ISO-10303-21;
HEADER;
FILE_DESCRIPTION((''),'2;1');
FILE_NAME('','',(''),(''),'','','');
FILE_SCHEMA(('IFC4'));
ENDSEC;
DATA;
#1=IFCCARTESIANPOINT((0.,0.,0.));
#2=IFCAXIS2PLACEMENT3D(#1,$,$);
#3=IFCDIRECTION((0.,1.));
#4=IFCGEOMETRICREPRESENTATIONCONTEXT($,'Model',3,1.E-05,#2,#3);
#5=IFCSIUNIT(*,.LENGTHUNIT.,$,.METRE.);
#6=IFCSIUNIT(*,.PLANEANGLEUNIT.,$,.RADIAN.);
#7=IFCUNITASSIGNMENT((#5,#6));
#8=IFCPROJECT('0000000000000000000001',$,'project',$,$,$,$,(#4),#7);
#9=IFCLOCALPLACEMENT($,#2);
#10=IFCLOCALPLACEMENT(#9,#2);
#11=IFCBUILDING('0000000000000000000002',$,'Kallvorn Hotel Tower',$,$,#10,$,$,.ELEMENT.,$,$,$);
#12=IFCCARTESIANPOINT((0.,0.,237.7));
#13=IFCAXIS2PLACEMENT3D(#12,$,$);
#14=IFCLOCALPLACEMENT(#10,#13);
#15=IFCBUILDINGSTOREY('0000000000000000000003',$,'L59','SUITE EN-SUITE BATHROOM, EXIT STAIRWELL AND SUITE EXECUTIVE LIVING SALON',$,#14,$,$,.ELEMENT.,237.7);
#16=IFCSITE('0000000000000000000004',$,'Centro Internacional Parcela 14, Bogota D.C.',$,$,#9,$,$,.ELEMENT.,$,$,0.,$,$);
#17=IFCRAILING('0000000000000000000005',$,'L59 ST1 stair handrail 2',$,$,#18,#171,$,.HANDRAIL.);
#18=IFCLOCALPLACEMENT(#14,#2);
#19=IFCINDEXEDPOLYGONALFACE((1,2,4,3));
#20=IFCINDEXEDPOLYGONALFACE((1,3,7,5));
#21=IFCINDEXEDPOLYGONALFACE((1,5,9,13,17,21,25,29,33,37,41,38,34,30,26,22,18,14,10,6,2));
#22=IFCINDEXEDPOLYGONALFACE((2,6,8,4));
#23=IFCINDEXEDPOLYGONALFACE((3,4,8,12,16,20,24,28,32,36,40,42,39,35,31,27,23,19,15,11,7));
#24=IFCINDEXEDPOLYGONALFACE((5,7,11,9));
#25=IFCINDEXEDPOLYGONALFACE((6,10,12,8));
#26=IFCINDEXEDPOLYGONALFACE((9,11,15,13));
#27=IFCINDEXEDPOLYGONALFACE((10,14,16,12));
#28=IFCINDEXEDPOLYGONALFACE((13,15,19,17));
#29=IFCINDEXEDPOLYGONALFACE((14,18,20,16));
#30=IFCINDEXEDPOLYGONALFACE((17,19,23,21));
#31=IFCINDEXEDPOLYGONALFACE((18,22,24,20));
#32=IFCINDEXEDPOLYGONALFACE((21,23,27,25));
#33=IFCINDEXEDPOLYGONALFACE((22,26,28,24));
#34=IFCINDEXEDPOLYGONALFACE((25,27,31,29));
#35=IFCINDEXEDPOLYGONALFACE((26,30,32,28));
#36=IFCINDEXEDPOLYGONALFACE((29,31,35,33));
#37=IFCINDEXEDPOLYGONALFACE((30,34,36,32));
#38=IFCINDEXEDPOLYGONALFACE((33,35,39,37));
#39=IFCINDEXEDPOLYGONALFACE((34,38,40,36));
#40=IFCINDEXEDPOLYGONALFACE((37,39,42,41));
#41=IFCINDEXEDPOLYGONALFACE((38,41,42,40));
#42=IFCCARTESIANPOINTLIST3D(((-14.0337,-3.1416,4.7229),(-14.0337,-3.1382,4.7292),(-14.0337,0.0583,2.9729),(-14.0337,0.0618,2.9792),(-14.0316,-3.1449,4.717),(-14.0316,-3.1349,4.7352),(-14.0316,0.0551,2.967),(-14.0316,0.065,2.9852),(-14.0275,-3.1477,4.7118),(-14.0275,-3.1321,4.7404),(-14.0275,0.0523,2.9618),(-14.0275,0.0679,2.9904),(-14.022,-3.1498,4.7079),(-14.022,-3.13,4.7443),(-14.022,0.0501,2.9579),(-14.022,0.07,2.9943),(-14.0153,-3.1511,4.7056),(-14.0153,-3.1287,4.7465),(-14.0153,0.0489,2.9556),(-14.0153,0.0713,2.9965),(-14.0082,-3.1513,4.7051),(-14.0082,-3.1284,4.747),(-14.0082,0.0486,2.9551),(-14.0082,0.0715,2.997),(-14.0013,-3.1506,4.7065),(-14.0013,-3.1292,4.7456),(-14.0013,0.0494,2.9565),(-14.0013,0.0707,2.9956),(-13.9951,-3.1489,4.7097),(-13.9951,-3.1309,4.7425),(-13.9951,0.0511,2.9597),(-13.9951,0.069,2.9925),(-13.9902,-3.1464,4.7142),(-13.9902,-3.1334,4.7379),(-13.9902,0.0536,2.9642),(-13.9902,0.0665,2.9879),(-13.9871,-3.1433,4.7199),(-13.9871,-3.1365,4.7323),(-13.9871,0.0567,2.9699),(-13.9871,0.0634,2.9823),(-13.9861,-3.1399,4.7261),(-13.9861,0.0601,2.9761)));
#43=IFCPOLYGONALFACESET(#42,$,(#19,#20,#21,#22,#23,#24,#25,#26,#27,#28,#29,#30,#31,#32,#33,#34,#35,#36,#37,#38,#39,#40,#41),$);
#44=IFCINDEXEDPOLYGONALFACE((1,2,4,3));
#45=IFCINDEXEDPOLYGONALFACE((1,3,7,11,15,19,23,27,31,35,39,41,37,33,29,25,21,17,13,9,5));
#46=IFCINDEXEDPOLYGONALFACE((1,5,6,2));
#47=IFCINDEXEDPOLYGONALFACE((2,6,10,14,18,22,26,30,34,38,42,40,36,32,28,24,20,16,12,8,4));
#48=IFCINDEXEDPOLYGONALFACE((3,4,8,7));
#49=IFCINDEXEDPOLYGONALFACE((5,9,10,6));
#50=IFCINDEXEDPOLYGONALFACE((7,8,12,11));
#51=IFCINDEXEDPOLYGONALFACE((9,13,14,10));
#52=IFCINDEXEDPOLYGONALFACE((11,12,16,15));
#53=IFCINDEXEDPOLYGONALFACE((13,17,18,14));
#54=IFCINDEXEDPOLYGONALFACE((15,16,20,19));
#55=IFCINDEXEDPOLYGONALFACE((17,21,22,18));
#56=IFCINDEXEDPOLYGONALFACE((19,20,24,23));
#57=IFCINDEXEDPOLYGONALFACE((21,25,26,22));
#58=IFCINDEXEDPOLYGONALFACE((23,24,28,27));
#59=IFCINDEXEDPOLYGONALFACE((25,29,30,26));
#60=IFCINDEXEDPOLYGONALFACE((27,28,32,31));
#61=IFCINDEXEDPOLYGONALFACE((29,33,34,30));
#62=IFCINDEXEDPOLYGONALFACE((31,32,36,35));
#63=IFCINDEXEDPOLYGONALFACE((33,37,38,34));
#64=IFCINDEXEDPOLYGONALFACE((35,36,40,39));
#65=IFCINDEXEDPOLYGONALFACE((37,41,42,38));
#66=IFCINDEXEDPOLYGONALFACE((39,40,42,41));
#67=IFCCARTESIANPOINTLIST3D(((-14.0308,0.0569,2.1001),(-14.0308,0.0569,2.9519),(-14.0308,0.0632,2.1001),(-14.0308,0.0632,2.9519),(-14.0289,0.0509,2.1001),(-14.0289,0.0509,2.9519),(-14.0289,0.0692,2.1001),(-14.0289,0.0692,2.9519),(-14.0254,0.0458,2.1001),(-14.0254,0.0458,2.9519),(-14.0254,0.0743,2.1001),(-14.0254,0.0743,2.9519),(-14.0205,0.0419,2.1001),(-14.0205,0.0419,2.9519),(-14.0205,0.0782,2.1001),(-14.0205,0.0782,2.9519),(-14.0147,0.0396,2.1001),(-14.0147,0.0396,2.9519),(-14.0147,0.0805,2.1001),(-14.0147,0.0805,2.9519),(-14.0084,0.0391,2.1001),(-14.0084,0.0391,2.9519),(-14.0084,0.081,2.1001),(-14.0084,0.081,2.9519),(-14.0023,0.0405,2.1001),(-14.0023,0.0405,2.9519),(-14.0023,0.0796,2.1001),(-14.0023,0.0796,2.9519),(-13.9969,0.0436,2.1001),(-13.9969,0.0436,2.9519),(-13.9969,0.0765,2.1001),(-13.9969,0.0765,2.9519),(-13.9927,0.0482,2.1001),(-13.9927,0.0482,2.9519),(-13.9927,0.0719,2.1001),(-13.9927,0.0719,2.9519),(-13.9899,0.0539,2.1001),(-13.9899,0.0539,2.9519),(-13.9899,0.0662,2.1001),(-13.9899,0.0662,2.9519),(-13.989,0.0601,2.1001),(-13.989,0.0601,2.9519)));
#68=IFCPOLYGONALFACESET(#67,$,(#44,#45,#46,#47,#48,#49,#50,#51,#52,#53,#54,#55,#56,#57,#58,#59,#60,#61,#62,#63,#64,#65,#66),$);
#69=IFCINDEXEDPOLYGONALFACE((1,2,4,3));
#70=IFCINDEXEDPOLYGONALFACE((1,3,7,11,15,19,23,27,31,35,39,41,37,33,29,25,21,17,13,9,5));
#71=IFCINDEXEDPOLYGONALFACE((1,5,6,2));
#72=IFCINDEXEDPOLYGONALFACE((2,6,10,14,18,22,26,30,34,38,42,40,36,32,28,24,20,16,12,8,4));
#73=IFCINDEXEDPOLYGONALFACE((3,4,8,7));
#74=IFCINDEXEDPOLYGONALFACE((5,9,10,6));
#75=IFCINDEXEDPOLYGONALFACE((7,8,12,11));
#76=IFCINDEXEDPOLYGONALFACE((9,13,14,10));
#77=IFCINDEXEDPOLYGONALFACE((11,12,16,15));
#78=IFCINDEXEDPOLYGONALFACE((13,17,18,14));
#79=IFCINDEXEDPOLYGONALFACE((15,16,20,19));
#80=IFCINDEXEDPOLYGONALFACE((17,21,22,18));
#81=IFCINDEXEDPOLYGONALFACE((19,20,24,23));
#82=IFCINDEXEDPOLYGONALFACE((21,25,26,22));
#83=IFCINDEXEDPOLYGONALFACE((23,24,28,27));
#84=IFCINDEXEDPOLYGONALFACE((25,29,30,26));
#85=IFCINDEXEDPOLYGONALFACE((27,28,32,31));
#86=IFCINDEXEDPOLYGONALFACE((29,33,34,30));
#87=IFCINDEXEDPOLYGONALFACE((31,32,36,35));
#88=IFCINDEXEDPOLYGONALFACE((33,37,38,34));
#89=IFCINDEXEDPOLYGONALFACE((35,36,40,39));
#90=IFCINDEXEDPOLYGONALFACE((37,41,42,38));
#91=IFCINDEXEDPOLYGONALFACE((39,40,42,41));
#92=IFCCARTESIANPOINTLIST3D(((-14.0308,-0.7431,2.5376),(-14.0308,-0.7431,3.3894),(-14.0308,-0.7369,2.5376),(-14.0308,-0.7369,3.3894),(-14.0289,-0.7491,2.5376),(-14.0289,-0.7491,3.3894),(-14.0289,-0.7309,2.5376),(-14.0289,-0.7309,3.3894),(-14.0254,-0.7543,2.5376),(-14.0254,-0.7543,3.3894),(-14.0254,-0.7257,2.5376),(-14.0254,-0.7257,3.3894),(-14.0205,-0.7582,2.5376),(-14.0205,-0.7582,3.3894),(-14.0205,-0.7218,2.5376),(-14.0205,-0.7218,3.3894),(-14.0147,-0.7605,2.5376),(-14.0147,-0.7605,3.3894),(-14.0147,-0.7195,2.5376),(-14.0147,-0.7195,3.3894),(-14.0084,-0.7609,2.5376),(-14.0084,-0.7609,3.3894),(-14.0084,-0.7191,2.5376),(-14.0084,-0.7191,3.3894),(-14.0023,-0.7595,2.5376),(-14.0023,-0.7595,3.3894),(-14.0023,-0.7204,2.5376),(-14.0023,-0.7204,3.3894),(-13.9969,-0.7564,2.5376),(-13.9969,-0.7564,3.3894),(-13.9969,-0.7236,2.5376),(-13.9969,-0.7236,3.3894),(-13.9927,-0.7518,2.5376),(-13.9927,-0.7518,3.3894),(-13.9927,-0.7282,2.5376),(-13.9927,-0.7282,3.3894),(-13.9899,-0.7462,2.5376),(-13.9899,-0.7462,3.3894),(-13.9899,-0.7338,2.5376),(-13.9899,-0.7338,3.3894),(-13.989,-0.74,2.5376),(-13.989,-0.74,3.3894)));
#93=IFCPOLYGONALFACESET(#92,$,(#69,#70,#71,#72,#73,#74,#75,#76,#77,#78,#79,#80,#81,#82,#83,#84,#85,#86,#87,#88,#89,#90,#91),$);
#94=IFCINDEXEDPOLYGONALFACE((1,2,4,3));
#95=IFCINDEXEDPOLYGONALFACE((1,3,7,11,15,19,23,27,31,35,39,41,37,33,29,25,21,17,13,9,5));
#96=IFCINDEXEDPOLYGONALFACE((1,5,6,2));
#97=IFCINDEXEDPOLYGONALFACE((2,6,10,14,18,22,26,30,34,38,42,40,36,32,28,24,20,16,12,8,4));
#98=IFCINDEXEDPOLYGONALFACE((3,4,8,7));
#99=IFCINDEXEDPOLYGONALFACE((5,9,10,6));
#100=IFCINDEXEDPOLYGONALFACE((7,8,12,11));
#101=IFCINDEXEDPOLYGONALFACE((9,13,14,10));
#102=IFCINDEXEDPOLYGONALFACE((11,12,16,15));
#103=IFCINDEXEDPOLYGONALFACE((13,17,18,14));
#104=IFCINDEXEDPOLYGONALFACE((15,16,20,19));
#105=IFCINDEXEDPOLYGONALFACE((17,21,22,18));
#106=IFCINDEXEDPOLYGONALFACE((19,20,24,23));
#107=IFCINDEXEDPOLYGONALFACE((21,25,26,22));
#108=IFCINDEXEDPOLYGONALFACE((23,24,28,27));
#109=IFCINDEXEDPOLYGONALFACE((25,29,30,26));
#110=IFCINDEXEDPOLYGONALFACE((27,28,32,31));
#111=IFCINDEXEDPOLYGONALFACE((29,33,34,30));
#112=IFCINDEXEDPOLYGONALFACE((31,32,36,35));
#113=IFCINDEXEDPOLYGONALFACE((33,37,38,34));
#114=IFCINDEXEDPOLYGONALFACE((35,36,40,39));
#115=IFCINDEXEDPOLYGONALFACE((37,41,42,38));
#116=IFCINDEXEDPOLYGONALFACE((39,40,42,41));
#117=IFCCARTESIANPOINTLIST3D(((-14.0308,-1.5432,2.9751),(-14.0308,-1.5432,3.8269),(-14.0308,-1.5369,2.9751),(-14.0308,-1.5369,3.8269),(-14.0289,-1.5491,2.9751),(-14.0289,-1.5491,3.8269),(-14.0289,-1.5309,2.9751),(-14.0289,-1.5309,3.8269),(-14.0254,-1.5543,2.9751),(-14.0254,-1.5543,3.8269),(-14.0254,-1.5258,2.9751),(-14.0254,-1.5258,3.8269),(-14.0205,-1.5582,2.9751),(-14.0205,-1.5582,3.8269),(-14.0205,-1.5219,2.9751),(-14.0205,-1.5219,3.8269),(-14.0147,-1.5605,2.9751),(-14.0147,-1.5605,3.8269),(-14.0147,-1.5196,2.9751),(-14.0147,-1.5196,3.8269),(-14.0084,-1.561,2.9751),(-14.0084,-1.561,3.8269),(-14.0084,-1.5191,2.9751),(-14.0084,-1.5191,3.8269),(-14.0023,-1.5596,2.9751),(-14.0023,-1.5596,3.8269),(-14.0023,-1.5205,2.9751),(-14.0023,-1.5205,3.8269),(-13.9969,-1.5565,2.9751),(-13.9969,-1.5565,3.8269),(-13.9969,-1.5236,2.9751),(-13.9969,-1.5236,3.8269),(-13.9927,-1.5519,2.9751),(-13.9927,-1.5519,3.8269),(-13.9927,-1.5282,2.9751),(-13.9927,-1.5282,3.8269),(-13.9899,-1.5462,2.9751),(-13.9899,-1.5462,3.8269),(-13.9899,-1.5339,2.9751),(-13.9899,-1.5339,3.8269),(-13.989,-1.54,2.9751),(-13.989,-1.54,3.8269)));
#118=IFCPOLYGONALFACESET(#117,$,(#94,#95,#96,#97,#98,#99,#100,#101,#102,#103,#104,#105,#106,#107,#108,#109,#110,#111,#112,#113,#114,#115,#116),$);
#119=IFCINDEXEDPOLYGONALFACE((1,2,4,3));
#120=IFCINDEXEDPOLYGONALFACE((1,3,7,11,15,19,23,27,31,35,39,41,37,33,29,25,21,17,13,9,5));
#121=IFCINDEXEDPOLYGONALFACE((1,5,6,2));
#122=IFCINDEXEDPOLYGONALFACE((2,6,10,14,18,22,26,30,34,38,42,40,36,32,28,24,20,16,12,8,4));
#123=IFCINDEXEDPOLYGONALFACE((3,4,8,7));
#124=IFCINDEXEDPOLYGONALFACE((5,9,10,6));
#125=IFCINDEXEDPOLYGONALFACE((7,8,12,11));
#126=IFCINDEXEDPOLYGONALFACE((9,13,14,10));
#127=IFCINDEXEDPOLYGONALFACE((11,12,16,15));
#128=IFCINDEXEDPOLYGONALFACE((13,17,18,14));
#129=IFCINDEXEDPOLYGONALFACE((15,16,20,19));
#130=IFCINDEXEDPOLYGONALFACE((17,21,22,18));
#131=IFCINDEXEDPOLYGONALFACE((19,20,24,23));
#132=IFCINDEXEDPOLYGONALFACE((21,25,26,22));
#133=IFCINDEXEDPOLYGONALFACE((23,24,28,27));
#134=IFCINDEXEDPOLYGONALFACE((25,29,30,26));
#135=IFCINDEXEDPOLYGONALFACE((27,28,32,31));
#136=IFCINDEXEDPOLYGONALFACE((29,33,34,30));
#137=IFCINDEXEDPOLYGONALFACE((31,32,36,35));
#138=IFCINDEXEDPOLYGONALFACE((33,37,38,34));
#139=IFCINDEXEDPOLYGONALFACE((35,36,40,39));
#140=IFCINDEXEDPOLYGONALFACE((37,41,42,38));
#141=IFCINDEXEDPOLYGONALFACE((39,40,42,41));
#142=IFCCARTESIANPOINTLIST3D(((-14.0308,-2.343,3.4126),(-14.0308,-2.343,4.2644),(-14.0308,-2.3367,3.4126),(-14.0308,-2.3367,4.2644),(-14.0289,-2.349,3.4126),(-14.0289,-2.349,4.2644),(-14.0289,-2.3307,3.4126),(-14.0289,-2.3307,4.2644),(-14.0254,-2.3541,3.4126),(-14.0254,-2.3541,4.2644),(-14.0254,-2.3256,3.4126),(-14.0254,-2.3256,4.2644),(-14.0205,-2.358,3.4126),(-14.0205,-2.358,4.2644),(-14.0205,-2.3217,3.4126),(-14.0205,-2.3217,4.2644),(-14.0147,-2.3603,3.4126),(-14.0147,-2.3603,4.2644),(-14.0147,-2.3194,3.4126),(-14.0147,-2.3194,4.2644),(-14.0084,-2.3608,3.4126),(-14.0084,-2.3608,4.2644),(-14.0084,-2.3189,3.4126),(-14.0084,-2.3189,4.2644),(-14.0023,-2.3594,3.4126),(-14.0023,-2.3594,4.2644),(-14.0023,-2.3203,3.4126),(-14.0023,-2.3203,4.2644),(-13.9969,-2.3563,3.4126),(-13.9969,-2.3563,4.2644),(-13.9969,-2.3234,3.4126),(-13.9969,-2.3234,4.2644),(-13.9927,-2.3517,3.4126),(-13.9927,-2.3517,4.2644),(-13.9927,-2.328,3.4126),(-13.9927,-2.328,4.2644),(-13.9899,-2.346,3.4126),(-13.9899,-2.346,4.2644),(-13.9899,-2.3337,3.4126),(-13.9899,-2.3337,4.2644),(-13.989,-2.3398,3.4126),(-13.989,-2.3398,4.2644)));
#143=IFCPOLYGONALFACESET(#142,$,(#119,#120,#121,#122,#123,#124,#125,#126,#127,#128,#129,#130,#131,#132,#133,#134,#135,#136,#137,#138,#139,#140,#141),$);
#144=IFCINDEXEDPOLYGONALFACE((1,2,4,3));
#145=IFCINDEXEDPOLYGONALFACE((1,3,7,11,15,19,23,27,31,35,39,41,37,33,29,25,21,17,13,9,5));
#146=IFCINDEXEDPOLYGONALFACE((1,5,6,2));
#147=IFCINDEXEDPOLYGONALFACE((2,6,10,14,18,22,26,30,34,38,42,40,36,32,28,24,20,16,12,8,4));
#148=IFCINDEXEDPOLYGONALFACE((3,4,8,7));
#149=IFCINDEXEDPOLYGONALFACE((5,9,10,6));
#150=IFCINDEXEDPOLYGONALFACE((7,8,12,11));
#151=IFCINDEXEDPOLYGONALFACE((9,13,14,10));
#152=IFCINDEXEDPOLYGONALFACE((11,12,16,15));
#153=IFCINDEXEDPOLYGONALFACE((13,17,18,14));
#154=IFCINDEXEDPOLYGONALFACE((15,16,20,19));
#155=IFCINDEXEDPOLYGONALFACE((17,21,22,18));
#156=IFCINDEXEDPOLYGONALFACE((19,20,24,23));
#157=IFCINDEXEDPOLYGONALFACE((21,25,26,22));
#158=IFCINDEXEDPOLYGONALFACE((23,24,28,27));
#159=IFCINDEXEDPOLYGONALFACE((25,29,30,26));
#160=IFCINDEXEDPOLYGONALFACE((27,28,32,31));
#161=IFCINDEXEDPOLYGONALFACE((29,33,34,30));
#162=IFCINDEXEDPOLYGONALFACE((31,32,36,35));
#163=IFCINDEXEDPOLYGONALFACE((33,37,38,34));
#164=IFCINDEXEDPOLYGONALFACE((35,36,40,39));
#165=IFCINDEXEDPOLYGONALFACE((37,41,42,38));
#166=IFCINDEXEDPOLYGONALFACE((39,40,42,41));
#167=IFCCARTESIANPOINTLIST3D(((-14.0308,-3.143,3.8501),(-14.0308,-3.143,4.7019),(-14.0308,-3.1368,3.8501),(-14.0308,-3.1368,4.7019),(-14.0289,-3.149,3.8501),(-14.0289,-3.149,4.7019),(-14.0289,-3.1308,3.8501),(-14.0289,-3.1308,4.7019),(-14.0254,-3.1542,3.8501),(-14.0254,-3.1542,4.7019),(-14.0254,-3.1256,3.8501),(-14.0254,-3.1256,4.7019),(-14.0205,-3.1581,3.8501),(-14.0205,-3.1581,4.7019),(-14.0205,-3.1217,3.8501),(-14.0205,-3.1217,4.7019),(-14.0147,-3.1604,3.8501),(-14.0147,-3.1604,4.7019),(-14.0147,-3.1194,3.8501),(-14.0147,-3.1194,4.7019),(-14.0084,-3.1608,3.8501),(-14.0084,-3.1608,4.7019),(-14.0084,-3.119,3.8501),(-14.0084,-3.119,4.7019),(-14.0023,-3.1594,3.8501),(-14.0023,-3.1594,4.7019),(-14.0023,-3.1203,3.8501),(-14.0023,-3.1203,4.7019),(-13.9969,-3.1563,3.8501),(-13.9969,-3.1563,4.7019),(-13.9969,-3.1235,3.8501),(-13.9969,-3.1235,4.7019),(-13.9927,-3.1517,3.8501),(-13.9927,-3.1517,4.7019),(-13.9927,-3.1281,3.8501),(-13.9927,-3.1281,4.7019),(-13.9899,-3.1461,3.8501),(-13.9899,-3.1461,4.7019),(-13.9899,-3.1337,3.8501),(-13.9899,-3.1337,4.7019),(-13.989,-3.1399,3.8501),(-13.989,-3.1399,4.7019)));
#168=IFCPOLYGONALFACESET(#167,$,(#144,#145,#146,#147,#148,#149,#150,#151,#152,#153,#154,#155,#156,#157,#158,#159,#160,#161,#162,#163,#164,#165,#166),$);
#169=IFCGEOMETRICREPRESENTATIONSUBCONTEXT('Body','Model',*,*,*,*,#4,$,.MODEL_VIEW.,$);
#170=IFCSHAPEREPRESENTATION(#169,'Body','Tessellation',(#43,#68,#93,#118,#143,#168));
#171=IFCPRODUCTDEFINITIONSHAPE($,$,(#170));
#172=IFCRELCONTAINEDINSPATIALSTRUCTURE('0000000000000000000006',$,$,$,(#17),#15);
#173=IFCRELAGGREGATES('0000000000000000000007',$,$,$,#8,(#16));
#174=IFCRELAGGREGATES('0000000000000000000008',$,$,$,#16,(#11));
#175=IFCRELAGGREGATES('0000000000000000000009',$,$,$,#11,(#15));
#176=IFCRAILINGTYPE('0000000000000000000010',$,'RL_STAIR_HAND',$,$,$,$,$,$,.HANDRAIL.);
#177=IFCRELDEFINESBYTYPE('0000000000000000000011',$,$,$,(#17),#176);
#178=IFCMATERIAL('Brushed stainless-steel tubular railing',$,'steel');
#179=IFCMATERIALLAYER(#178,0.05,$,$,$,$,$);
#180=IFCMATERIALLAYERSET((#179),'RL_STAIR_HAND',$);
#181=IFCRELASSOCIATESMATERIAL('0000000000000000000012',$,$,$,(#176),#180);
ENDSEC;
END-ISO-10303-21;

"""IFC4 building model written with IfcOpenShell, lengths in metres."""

from ifc_helpers import new_model, si_unit, direction, frame, origin, origin_2d, place, context, subcontext, project, spatial, circle, extrude, material, layer, layer_set, type_object, element, save


model = new_model("IFC4")

# Units and contexts
model_context = context("Model", 3, precision=1e-05, world=origin(), true_north=direction((0.0, 1.0)))
body_context = subcontext(model_context, "Body", "Model", "MODEL_VIEW")
ifc_project = project(units=[si_unit("LENGTHUNIT", "METRE"), si_unit("PLANEANGLEUNIT", "RADIAN")], contexts=[model_context])

# Site, building, storey
site_placement = place(None, origin())
site = spatial("IfcSite", under=ifc_project, at=site_placement, Name="Centro Internacional Parcela 14, Bogota D.C.", CompositionType="ELEMENT", RefElevation=0.0)
building_placement = place(site_placement, origin())
building = spatial("IfcBuilding", under=site, at=building_placement, Name="Kallvorn Hotel Tower", CompositionType="ELEMENT")
storey_placement = place(building_placement, frame((0.0, 0.0, 237.7)))
storey = spatial("IfcBuildingStorey", under=building, at=storey_placement, Name="L59", Description="SUITE EN-SUITE BATHROOM, EXIT STAIRWELL AND SUITE EXECUTIVE LIVING SALON", CompositionType="ELEMENT", Elevation=237.7)

# Railing
ifc_material_1 = material(Name="Brushed stainless-steel tubular railing", Category="steel")
ifc_layer_1 = layer(ifc_material_1, 0.05)
ifc_layer_set_1 = layer_set([ifc_layer_1], Name="RL_STAIR_HAND")
railing_type_1 = type_object("IfcRailingType", Name="RL_STAIR_HAND", PredefinedType="HANDRAIL", material=ifc_layer_set_1)
railing_1_placement = place(storey_placement, frame((-14.01, 0.0601, 2.1001)))
element("IfcRailing", 1, at=railing_1_placement, inside=storey, type_object=railing_type_1, Name="L59 ST1 stair handrail 2", PredefinedType="HANDRAIL", context=body_context, shape_type="SweptSolid", body=[
    extrude(circle(Radius=0.0239, at=origin_2d()), frame((0.0, 0.0, 0.876), z_axis=(0.0, -0.877368, 0.479818), x_axis=(1.0, 0.0, 0.0)), (0.0, 0.0, 1.0), 3.6472),
    extrude(circle(Radius=0.021, at=origin_2d()), origin(), (0.0, 0.0, 1.0), 0.8518),
    extrude(circle(Radius=0.021, at=origin_2d()), frame((0.0, -0.8, 0.4375)), (0.0, 0.0, 1.0), 0.8518),
    extrude(circle(Radius=0.021, at=origin_2d()), frame((0.0, -1.6001, 0.875)), (0.0, 0.0, 1.0), 0.8518),
    extrude(circle(Radius=0.021, at=origin_2d()), frame((0.0, -2.3999, 1.3125)), (0.0, 0.0, 1.0), 0.8518),
    extrude(circle(Radius=0.021, at=origin_2d()), frame((0.0, -3.2, 1.75)), (0.0, 0.0, 1.0), 0.8518),
])

save(model, "model.ifc")
